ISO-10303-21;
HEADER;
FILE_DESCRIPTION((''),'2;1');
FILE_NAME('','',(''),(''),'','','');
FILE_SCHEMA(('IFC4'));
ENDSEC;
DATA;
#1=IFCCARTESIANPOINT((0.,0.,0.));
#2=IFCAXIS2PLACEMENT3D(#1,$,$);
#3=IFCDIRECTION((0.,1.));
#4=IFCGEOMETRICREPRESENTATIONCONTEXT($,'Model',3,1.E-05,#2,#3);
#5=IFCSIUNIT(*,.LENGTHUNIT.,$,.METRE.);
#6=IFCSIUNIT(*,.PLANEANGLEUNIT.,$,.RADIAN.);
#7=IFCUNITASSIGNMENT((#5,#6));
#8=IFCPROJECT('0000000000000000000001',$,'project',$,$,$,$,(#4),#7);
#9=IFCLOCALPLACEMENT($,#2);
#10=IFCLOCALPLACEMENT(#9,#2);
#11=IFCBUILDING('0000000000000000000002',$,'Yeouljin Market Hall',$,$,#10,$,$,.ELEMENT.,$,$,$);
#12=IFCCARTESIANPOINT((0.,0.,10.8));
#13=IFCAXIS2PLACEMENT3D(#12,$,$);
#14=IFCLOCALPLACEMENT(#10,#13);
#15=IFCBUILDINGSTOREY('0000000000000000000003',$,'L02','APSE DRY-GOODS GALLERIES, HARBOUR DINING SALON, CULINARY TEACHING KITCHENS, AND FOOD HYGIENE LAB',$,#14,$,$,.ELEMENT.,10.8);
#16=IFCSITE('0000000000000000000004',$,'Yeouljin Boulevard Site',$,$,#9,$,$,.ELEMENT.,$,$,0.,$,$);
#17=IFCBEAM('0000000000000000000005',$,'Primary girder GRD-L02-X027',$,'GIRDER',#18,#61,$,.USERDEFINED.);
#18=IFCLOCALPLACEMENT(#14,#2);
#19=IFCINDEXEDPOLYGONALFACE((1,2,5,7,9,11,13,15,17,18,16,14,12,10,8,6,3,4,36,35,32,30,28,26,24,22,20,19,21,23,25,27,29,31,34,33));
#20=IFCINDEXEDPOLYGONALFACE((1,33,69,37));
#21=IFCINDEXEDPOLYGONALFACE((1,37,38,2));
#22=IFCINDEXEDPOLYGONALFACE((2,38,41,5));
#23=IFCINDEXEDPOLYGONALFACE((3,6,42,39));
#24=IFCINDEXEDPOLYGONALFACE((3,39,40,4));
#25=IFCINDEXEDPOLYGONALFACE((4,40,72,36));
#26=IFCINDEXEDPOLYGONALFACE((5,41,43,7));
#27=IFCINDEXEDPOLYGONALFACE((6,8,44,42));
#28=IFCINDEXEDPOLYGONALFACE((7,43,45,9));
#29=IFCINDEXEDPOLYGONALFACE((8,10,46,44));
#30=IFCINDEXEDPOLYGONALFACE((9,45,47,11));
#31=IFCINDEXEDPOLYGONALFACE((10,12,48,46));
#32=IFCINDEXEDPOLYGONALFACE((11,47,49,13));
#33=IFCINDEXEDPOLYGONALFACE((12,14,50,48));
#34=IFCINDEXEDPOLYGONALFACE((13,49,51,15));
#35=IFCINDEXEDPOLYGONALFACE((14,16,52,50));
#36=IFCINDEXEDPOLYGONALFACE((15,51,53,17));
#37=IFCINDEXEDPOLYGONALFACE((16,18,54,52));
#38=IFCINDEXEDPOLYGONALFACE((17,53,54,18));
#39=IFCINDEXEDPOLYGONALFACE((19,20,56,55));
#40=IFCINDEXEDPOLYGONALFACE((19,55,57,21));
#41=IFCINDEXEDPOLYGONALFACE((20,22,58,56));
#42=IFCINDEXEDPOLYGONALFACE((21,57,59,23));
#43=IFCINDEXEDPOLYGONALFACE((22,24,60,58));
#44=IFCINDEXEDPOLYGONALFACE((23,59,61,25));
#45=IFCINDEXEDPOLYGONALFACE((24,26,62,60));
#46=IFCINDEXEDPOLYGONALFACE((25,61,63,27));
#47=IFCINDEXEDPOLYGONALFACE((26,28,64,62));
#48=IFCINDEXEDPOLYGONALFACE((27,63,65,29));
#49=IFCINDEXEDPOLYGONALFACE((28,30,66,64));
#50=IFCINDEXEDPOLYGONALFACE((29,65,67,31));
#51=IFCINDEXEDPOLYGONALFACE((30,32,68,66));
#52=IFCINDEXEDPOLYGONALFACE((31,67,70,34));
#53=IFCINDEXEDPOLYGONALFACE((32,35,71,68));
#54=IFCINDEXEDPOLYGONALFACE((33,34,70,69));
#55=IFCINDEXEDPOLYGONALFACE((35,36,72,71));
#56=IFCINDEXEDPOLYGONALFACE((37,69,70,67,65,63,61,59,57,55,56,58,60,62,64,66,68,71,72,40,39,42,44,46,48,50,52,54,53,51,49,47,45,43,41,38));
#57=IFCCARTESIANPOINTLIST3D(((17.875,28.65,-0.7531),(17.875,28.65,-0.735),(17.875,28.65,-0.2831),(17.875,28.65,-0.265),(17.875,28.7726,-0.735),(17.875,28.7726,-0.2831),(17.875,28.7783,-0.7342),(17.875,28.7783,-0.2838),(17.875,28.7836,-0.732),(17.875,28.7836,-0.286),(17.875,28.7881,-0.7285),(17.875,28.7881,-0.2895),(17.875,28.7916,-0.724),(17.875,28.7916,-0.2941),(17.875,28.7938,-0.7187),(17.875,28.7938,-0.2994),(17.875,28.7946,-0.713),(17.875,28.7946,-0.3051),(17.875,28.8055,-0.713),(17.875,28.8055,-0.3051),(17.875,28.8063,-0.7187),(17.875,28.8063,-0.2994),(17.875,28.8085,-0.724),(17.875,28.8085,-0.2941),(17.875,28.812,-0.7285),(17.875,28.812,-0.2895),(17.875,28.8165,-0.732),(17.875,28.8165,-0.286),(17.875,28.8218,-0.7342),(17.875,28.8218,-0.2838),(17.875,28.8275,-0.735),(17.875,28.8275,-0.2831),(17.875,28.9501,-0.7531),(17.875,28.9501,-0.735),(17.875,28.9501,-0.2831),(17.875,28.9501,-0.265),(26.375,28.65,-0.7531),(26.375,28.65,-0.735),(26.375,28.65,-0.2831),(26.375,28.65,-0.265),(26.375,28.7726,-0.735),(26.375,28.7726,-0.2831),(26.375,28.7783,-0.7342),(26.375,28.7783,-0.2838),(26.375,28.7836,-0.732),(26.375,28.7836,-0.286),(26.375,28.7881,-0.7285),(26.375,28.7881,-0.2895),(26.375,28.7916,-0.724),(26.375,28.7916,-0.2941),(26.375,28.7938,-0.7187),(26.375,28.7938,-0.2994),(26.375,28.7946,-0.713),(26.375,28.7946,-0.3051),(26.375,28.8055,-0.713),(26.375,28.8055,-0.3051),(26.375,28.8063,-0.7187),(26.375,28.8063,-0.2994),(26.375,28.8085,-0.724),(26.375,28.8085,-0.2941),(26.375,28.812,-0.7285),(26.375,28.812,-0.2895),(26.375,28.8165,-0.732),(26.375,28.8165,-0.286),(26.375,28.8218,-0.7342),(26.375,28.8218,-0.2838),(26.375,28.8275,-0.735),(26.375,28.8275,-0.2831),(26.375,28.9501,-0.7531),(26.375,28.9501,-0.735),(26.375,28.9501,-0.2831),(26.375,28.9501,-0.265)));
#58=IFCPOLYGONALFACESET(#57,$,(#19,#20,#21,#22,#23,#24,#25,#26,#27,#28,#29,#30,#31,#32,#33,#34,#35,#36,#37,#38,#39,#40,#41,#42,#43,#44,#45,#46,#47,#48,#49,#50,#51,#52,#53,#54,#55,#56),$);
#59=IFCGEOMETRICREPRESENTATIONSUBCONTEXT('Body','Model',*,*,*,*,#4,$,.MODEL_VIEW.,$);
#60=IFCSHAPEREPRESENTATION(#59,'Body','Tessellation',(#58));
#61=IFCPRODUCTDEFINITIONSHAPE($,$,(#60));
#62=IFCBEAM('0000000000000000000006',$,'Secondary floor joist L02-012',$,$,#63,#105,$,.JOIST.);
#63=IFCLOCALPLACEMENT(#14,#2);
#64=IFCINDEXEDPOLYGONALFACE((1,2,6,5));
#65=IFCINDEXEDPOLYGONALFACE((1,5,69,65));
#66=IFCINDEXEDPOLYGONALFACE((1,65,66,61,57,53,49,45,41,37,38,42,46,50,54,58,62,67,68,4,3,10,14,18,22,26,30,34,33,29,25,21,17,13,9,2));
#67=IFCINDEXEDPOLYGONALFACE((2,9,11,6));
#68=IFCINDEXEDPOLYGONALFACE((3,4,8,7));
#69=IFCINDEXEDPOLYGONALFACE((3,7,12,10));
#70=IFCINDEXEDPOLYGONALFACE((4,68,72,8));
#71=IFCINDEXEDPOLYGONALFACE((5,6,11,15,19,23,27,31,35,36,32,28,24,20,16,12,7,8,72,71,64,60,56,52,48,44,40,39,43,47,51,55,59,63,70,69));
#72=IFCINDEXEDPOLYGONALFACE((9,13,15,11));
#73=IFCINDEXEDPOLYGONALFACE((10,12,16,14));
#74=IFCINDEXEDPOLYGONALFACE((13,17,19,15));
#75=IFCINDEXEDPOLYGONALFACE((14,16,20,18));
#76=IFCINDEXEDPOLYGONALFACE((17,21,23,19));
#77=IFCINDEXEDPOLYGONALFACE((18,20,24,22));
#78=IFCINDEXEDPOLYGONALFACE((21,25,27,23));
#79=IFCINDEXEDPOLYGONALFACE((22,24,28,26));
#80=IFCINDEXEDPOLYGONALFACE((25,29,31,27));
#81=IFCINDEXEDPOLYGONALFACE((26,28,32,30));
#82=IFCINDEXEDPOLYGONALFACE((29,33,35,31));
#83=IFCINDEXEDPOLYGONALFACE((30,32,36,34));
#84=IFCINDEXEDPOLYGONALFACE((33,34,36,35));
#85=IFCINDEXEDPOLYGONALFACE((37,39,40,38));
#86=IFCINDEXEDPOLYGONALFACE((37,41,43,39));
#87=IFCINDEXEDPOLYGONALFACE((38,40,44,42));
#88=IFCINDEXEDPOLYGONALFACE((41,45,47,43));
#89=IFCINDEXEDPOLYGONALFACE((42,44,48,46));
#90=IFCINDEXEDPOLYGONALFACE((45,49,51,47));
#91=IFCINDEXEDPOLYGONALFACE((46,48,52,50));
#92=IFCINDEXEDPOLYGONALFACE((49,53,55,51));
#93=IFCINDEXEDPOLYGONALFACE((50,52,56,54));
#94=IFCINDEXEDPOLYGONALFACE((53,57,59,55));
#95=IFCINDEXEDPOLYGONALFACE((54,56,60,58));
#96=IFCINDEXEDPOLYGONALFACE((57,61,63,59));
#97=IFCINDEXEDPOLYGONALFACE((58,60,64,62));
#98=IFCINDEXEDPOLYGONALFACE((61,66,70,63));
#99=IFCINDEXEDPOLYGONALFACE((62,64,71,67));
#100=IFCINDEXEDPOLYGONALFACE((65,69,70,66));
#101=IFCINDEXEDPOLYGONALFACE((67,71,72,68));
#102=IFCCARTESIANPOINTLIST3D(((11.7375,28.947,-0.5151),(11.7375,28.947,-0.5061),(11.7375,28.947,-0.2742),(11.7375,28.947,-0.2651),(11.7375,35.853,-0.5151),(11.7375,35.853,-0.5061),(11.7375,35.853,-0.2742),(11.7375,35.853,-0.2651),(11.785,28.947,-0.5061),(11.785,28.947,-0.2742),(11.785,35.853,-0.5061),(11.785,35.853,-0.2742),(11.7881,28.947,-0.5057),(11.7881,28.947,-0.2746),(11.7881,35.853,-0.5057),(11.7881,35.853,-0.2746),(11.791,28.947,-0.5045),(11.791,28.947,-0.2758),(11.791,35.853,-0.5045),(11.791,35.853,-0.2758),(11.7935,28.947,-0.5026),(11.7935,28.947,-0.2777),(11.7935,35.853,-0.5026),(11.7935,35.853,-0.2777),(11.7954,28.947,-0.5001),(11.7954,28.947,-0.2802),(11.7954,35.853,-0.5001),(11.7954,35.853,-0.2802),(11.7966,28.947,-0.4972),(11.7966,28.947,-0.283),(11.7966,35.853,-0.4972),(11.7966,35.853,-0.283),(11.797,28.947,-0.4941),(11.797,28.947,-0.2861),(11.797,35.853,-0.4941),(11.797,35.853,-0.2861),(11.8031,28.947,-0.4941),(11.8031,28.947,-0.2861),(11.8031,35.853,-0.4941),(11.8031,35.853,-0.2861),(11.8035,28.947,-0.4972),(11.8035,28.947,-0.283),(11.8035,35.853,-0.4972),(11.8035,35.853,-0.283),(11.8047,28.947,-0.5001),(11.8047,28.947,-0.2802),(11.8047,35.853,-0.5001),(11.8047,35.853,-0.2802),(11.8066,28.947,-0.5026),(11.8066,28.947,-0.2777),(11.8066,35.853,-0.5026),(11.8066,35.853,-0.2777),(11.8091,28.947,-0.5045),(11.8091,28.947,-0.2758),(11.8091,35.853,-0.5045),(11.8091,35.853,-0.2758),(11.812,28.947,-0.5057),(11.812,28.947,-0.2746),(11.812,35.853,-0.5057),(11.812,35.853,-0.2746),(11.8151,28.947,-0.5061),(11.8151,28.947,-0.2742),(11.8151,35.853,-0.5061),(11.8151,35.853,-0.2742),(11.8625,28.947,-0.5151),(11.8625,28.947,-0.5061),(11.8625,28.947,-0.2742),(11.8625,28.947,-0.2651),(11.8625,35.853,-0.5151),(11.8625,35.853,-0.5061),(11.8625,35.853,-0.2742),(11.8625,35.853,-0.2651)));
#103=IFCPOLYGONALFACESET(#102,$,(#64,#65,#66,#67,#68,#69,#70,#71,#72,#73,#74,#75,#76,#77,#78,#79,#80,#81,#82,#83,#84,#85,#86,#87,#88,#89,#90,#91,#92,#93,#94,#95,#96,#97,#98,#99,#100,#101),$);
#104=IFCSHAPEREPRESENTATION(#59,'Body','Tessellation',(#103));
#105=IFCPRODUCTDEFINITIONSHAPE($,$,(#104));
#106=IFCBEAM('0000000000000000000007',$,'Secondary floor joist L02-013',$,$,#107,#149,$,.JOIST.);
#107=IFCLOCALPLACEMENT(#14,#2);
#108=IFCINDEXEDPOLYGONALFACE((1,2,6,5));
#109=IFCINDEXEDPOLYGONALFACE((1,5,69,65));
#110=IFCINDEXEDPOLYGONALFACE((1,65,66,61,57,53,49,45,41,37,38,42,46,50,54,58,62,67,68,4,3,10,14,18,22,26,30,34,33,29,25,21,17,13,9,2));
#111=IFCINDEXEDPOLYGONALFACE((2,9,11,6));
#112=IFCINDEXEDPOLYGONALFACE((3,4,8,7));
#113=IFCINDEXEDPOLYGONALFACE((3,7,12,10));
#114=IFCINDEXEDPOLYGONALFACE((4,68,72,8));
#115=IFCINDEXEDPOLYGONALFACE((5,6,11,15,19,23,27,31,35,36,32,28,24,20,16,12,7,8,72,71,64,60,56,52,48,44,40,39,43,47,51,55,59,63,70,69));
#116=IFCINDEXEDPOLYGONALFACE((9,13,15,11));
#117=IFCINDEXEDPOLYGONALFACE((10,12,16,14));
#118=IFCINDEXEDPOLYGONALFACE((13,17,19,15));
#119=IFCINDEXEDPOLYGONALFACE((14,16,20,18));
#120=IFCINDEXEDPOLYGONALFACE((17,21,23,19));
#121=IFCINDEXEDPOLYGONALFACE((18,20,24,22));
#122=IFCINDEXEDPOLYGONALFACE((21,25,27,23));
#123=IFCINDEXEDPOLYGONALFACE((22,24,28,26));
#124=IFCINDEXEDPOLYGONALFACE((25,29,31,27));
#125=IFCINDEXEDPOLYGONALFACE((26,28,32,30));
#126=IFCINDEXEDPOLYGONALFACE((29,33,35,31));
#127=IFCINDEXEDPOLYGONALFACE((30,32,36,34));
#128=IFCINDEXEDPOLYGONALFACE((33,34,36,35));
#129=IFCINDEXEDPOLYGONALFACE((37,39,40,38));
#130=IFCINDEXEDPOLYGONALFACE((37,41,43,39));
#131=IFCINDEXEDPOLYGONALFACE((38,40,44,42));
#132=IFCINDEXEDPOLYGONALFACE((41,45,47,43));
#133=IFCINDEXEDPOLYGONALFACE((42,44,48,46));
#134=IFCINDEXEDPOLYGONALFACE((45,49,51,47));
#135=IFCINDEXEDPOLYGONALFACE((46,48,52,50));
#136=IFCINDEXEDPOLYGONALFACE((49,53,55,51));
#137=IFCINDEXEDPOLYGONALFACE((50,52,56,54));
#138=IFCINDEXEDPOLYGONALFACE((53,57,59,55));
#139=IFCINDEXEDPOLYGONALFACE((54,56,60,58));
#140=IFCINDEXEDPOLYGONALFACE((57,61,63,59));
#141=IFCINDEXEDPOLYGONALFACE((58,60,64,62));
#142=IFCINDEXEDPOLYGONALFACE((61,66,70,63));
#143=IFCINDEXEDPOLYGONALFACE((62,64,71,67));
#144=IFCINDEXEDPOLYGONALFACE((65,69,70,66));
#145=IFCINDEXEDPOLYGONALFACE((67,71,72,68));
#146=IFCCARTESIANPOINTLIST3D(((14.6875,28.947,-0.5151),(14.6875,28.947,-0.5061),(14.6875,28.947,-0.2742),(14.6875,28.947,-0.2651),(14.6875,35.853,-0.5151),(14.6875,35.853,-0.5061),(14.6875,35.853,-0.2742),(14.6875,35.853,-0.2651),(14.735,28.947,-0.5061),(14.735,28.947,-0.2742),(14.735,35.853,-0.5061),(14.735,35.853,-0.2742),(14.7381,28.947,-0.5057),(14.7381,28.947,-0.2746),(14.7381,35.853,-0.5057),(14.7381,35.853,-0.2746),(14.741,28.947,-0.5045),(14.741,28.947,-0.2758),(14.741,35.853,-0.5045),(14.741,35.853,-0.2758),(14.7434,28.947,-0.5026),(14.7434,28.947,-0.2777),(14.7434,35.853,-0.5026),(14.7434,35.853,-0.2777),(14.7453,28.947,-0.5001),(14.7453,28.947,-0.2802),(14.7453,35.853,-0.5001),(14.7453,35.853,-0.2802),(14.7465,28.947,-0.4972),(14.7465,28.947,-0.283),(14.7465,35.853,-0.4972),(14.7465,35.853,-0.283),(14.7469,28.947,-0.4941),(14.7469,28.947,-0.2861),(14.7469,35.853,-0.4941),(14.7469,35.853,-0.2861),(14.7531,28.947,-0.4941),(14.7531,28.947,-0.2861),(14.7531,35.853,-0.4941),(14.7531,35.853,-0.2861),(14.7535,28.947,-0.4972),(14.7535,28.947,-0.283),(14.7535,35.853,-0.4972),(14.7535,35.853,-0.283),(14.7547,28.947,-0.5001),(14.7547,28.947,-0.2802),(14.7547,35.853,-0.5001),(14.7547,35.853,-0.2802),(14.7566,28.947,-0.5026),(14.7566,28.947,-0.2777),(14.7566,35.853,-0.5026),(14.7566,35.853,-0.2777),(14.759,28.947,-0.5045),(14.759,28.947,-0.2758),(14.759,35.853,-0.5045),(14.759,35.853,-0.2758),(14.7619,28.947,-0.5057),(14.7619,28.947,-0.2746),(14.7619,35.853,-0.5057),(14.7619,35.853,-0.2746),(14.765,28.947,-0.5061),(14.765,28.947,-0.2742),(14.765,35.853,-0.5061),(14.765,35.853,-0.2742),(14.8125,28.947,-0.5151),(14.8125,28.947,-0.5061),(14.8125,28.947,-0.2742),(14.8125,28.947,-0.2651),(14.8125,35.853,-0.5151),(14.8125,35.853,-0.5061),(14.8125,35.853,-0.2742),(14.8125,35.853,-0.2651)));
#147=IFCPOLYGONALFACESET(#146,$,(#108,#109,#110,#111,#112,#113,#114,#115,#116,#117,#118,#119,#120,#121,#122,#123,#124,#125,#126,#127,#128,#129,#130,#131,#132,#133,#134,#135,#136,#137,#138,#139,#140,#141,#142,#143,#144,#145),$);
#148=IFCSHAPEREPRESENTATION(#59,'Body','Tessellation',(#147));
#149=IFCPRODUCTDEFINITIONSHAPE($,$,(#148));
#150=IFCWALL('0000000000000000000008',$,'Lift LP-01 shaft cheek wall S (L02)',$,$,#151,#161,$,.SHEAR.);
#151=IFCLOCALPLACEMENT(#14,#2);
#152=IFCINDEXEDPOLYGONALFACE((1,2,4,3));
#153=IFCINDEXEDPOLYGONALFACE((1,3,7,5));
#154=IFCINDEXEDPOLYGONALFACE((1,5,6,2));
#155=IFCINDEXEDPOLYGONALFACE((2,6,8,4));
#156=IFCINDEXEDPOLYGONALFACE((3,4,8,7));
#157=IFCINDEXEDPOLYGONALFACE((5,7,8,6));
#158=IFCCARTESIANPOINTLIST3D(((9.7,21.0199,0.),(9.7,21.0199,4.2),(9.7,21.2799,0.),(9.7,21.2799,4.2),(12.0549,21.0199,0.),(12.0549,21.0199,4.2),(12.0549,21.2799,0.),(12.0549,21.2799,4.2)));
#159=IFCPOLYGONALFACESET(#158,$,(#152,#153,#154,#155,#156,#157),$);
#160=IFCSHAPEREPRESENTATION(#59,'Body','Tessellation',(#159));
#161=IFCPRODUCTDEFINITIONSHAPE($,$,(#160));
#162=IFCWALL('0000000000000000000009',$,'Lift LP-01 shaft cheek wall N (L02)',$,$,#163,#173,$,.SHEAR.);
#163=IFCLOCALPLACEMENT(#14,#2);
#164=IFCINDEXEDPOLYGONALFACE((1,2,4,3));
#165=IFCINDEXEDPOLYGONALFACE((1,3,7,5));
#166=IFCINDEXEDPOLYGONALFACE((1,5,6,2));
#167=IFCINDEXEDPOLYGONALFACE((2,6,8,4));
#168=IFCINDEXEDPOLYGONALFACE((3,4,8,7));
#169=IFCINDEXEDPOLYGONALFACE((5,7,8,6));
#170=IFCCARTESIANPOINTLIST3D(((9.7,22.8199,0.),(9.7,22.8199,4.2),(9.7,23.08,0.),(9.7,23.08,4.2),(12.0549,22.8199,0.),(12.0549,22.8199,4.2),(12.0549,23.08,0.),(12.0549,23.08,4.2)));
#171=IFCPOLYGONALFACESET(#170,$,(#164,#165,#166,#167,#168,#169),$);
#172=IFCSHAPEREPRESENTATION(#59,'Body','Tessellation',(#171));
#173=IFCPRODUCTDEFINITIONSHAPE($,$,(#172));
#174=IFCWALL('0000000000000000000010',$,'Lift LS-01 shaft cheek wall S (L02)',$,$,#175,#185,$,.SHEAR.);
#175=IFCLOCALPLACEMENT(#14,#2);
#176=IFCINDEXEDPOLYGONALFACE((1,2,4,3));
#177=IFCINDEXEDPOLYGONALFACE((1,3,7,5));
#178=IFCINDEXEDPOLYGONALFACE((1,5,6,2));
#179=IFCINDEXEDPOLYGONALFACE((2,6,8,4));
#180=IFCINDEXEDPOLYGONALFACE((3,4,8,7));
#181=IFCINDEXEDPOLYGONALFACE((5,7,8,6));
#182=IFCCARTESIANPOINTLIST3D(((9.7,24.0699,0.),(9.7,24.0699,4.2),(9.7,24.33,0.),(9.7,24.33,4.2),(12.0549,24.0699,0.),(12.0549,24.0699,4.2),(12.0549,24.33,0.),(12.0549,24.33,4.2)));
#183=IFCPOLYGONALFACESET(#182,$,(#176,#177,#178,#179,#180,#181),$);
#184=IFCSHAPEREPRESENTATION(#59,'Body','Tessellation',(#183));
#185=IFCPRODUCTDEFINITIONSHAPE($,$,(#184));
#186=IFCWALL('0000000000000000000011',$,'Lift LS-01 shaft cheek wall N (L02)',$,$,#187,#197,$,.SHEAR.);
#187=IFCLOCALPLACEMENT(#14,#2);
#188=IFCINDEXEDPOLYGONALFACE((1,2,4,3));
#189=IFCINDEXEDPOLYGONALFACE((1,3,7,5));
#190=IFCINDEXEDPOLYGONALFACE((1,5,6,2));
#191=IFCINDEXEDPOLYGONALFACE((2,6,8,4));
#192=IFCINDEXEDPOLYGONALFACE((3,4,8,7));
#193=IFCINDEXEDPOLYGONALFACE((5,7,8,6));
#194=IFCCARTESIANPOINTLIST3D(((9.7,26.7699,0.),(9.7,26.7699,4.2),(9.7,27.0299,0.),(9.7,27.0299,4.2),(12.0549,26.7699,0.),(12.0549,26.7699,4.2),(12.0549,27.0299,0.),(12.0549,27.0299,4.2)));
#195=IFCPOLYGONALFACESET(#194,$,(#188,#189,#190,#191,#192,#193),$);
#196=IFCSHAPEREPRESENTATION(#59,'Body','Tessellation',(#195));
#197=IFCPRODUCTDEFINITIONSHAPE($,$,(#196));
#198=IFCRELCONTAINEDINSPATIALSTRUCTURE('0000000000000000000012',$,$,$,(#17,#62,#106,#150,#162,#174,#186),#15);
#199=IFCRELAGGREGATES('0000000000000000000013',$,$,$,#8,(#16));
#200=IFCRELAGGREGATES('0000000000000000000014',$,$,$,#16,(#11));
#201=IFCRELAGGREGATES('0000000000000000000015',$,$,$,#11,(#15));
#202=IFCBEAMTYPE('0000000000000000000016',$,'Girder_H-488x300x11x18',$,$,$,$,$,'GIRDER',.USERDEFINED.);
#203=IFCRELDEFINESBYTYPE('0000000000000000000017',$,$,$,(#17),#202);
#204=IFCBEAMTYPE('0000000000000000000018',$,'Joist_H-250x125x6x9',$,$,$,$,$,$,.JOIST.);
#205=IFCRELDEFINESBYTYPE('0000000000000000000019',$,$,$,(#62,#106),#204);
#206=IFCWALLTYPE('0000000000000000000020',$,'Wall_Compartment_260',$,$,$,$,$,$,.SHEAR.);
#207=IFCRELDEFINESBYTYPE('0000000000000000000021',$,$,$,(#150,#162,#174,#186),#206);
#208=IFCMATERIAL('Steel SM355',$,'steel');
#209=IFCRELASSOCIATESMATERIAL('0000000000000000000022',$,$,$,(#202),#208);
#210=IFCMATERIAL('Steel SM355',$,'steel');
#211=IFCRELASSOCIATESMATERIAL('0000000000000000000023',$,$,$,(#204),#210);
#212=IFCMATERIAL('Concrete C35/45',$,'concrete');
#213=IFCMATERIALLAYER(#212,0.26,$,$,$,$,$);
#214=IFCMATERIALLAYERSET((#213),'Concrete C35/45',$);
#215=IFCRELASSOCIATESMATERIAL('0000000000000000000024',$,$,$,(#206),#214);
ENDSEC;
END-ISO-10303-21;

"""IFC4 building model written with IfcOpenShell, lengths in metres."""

from ifc_helpers import new_model, si_unit, direction, frame, frame_2d, origin, origin_2d, place, context, subcontext, project, spatial, rectangle, i_section, extrude, material, layer, layer_set, material_profile, profile_set, type_object, element, save


model = new_model("IFC4")

# Units and contexts
model_context = context("Model", 3, precision=1e-05, world=origin(), true_north=direction((0.0, 1.0)))
body_context = subcontext(model_context, "Body", "Model", "MODEL_VIEW")
ifc_project = project(units=[si_unit("LENGTHUNIT", "METRE"), si_unit("PLANEANGLEUNIT", "RADIAN")], contexts=[model_context])

# Site, building, storey
site_placement = place(None, origin())
site = spatial("IfcSite", under=ifc_project, at=site_placement, Name="Yeouljin Boulevard Site", CompositionType="ELEMENT", RefElevation=0.0)
building_placement = place(site_placement, origin())
building = spatial("IfcBuilding", under=site, at=building_placement, Name="Yeouljin Market Hall", CompositionType="ELEMENT")
storey_placement = place(building_placement, frame((0.0, 0.0, 10.8)))
storey = spatial("IfcBuildingStorey", under=building, at=storey_placement, Name="L02", Description="APSE DRY-GOODS GALLERIES, HARBOUR DINING SALON, CULINARY TEACHING KITCHENS, AND FOOD HYGIENE LAB", CompositionType="ELEMENT", Elevation=10.8)

# Beams
ifc_material_1 = material(Name="Steel SM355", Category="steel")
ifc_material_profile_1 = material_profile(ifc_material_1, i_section(OverallWidth=0.3, OverallDepth=0.488, WebThickness=0.011, FlangeThickness=0.0181, FilletRadius=0.022, at=origin_2d()), Name="H-488x300x11x18")
ifc_profile_set_1 = profile_set([ifc_material_profile_1], Name="Steel SM355")
beam_type_1 = type_object("IfcBeamType", Name="Girder_H-488x300x11x18", ElementType="GIRDER", PredefinedType="USERDEFINED", material=ifc_profile_set_1)
for number, where, z_axis, x_axis, name in (
    (1, (17.875, 28.8, -0.509), (1.0, 0.0, 0.0), (0.0, 1.0, 0.0), "Primary girder GRD-L02-X027"),
):
    element("IfcBeam", number, at=place(storey_placement, frame(where, z_axis=z_axis, x_axis=x_axis)), inside=storey, type_object=beam_type_1, Name=name, ObjectType="GIRDER", PredefinedType="USERDEFINED", context=body_context, shape_type="SweptSolid", body=[
        extrude(i_section(OverallWidth=0.3, OverallDepth=0.488, WebThickness=0.011, FlangeThickness=0.0181, FilletRadius=0.022, at=origin_2d()), origin(), (0.0, 0.0, 1.0), 8.5),
    ])
ifc_material_2 = material(Name="Steel SM355", Category="steel")
ifc_material_profile_2 = material_profile(ifc_material_2, i_section(OverallWidth=0.125, OverallDepth=0.25, WebThickness=0.0061, FlangeThickness=0.009, FilletRadius=0.012, at=origin_2d()), Name="H-250x125x6x9")
ifc_profile_set_2 = profile_set([ifc_material_profile_2], Name="Steel SM355")
beam_type_2 = type_object("IfcBeamType", Name="Joist_H-250x125x6x9", PredefinedType="JOIST", material=ifc_profile_set_2)
for number, where, z_axis, x_axis, name in (
    (2, (11.8, 28.947, -0.3901), (0.0, 1.0, 0.0), (-1.0, 0.0, 0.0), "Secondary floor joist L02-012"),
    (3, (14.75, 28.947, -0.3901), (0.0, 1.0, 0.0), (-1.0, 0.0, 0.0), "Secondary floor joist L02-013"),
):
    element("IfcBeam", number, at=place(storey_placement, frame(where, z_axis=z_axis, x_axis=x_axis)), inside=storey, type_object=beam_type_2, Name=name, PredefinedType="JOIST", context=body_context, shape_type="SweptSolid", body=[
        extrude(i_section(OverallWidth=0.125, OverallDepth=0.25, WebThickness=0.0061, FlangeThickness=0.009, FilletRadius=0.012, at=origin_2d()), origin(), (0.0, 0.0, 1.0), 6.906),
    ])

# Shared definitions
ifc_material_3 = material(Name="Concrete C35/45", Category="concrete")
ifc_layer_1 = layer(ifc_material_3, 0.26)
ifc_layer_set_1 = layer_set([ifc_layer_1], Name="Concrete C35/45")
wall_type_1 = type_object("IfcWallType", Name="Wall_Compartment_260", PredefinedType="SHEAR", material=ifc_layer_set_1)

# Walls
for number, where, z_axis, x_axis, name in (
    (4, (9.7, 21.1499, 0.0), (0.0, 0.0, 1.0), (1.0, 0.0, 0.0), "Lift LP-01 shaft cheek wall S (L02)"),
    (5, (9.7, 22.95, 0.0), (0.0, 0.0, 1.0), (1.0, 0.0, 0.0), "Lift LP-01 shaft cheek wall N (L02)"),
):
    element("IfcWall", number, at=place(storey_placement, frame(where, z_axis=z_axis, x_axis=x_axis)), inside=storey, type_object=wall_type_1, Name=name, PredefinedType="SHEAR", context=body_context, shape_type="SweptSolid", body=[
        extrude(rectangle(XDim=2.355, YDim=0.26, at=frame_2d((1.1775, 0.0))), origin(), (0.0, 0.0, 1.0), 4.2),
    ])

# Walls
for number, where, z_axis, x_axis, name in (
    (6, (9.7, 24.2, 0.0), (0.0, 0.0, 1.0), (1.0, 0.0, 0.0), "Lift LS-01 shaft cheek wall S (L02)"),
    (7, (9.7, 26.8999, 0.0), (0.0, 0.0, 1.0), (1.0, 0.0, 0.0), "Lift LS-01 shaft cheek wall N (L02)"),
):
    element("IfcWall", number, at=place(storey_placement, frame(where, z_axis=z_axis, x_axis=x_axis)), inside=storey, type_object=wall_type_1, Name=name, PredefinedType="SHEAR", context=body_context, shape_type="SweptSolid", body=[
        extrude(rectangle(XDim=2.355, YDim=0.26, at=frame_2d((1.1775, 0.0))), origin(), (0.0, 0.0, 1.0), 4.2),
    ])

save(model, "model.ifc")
